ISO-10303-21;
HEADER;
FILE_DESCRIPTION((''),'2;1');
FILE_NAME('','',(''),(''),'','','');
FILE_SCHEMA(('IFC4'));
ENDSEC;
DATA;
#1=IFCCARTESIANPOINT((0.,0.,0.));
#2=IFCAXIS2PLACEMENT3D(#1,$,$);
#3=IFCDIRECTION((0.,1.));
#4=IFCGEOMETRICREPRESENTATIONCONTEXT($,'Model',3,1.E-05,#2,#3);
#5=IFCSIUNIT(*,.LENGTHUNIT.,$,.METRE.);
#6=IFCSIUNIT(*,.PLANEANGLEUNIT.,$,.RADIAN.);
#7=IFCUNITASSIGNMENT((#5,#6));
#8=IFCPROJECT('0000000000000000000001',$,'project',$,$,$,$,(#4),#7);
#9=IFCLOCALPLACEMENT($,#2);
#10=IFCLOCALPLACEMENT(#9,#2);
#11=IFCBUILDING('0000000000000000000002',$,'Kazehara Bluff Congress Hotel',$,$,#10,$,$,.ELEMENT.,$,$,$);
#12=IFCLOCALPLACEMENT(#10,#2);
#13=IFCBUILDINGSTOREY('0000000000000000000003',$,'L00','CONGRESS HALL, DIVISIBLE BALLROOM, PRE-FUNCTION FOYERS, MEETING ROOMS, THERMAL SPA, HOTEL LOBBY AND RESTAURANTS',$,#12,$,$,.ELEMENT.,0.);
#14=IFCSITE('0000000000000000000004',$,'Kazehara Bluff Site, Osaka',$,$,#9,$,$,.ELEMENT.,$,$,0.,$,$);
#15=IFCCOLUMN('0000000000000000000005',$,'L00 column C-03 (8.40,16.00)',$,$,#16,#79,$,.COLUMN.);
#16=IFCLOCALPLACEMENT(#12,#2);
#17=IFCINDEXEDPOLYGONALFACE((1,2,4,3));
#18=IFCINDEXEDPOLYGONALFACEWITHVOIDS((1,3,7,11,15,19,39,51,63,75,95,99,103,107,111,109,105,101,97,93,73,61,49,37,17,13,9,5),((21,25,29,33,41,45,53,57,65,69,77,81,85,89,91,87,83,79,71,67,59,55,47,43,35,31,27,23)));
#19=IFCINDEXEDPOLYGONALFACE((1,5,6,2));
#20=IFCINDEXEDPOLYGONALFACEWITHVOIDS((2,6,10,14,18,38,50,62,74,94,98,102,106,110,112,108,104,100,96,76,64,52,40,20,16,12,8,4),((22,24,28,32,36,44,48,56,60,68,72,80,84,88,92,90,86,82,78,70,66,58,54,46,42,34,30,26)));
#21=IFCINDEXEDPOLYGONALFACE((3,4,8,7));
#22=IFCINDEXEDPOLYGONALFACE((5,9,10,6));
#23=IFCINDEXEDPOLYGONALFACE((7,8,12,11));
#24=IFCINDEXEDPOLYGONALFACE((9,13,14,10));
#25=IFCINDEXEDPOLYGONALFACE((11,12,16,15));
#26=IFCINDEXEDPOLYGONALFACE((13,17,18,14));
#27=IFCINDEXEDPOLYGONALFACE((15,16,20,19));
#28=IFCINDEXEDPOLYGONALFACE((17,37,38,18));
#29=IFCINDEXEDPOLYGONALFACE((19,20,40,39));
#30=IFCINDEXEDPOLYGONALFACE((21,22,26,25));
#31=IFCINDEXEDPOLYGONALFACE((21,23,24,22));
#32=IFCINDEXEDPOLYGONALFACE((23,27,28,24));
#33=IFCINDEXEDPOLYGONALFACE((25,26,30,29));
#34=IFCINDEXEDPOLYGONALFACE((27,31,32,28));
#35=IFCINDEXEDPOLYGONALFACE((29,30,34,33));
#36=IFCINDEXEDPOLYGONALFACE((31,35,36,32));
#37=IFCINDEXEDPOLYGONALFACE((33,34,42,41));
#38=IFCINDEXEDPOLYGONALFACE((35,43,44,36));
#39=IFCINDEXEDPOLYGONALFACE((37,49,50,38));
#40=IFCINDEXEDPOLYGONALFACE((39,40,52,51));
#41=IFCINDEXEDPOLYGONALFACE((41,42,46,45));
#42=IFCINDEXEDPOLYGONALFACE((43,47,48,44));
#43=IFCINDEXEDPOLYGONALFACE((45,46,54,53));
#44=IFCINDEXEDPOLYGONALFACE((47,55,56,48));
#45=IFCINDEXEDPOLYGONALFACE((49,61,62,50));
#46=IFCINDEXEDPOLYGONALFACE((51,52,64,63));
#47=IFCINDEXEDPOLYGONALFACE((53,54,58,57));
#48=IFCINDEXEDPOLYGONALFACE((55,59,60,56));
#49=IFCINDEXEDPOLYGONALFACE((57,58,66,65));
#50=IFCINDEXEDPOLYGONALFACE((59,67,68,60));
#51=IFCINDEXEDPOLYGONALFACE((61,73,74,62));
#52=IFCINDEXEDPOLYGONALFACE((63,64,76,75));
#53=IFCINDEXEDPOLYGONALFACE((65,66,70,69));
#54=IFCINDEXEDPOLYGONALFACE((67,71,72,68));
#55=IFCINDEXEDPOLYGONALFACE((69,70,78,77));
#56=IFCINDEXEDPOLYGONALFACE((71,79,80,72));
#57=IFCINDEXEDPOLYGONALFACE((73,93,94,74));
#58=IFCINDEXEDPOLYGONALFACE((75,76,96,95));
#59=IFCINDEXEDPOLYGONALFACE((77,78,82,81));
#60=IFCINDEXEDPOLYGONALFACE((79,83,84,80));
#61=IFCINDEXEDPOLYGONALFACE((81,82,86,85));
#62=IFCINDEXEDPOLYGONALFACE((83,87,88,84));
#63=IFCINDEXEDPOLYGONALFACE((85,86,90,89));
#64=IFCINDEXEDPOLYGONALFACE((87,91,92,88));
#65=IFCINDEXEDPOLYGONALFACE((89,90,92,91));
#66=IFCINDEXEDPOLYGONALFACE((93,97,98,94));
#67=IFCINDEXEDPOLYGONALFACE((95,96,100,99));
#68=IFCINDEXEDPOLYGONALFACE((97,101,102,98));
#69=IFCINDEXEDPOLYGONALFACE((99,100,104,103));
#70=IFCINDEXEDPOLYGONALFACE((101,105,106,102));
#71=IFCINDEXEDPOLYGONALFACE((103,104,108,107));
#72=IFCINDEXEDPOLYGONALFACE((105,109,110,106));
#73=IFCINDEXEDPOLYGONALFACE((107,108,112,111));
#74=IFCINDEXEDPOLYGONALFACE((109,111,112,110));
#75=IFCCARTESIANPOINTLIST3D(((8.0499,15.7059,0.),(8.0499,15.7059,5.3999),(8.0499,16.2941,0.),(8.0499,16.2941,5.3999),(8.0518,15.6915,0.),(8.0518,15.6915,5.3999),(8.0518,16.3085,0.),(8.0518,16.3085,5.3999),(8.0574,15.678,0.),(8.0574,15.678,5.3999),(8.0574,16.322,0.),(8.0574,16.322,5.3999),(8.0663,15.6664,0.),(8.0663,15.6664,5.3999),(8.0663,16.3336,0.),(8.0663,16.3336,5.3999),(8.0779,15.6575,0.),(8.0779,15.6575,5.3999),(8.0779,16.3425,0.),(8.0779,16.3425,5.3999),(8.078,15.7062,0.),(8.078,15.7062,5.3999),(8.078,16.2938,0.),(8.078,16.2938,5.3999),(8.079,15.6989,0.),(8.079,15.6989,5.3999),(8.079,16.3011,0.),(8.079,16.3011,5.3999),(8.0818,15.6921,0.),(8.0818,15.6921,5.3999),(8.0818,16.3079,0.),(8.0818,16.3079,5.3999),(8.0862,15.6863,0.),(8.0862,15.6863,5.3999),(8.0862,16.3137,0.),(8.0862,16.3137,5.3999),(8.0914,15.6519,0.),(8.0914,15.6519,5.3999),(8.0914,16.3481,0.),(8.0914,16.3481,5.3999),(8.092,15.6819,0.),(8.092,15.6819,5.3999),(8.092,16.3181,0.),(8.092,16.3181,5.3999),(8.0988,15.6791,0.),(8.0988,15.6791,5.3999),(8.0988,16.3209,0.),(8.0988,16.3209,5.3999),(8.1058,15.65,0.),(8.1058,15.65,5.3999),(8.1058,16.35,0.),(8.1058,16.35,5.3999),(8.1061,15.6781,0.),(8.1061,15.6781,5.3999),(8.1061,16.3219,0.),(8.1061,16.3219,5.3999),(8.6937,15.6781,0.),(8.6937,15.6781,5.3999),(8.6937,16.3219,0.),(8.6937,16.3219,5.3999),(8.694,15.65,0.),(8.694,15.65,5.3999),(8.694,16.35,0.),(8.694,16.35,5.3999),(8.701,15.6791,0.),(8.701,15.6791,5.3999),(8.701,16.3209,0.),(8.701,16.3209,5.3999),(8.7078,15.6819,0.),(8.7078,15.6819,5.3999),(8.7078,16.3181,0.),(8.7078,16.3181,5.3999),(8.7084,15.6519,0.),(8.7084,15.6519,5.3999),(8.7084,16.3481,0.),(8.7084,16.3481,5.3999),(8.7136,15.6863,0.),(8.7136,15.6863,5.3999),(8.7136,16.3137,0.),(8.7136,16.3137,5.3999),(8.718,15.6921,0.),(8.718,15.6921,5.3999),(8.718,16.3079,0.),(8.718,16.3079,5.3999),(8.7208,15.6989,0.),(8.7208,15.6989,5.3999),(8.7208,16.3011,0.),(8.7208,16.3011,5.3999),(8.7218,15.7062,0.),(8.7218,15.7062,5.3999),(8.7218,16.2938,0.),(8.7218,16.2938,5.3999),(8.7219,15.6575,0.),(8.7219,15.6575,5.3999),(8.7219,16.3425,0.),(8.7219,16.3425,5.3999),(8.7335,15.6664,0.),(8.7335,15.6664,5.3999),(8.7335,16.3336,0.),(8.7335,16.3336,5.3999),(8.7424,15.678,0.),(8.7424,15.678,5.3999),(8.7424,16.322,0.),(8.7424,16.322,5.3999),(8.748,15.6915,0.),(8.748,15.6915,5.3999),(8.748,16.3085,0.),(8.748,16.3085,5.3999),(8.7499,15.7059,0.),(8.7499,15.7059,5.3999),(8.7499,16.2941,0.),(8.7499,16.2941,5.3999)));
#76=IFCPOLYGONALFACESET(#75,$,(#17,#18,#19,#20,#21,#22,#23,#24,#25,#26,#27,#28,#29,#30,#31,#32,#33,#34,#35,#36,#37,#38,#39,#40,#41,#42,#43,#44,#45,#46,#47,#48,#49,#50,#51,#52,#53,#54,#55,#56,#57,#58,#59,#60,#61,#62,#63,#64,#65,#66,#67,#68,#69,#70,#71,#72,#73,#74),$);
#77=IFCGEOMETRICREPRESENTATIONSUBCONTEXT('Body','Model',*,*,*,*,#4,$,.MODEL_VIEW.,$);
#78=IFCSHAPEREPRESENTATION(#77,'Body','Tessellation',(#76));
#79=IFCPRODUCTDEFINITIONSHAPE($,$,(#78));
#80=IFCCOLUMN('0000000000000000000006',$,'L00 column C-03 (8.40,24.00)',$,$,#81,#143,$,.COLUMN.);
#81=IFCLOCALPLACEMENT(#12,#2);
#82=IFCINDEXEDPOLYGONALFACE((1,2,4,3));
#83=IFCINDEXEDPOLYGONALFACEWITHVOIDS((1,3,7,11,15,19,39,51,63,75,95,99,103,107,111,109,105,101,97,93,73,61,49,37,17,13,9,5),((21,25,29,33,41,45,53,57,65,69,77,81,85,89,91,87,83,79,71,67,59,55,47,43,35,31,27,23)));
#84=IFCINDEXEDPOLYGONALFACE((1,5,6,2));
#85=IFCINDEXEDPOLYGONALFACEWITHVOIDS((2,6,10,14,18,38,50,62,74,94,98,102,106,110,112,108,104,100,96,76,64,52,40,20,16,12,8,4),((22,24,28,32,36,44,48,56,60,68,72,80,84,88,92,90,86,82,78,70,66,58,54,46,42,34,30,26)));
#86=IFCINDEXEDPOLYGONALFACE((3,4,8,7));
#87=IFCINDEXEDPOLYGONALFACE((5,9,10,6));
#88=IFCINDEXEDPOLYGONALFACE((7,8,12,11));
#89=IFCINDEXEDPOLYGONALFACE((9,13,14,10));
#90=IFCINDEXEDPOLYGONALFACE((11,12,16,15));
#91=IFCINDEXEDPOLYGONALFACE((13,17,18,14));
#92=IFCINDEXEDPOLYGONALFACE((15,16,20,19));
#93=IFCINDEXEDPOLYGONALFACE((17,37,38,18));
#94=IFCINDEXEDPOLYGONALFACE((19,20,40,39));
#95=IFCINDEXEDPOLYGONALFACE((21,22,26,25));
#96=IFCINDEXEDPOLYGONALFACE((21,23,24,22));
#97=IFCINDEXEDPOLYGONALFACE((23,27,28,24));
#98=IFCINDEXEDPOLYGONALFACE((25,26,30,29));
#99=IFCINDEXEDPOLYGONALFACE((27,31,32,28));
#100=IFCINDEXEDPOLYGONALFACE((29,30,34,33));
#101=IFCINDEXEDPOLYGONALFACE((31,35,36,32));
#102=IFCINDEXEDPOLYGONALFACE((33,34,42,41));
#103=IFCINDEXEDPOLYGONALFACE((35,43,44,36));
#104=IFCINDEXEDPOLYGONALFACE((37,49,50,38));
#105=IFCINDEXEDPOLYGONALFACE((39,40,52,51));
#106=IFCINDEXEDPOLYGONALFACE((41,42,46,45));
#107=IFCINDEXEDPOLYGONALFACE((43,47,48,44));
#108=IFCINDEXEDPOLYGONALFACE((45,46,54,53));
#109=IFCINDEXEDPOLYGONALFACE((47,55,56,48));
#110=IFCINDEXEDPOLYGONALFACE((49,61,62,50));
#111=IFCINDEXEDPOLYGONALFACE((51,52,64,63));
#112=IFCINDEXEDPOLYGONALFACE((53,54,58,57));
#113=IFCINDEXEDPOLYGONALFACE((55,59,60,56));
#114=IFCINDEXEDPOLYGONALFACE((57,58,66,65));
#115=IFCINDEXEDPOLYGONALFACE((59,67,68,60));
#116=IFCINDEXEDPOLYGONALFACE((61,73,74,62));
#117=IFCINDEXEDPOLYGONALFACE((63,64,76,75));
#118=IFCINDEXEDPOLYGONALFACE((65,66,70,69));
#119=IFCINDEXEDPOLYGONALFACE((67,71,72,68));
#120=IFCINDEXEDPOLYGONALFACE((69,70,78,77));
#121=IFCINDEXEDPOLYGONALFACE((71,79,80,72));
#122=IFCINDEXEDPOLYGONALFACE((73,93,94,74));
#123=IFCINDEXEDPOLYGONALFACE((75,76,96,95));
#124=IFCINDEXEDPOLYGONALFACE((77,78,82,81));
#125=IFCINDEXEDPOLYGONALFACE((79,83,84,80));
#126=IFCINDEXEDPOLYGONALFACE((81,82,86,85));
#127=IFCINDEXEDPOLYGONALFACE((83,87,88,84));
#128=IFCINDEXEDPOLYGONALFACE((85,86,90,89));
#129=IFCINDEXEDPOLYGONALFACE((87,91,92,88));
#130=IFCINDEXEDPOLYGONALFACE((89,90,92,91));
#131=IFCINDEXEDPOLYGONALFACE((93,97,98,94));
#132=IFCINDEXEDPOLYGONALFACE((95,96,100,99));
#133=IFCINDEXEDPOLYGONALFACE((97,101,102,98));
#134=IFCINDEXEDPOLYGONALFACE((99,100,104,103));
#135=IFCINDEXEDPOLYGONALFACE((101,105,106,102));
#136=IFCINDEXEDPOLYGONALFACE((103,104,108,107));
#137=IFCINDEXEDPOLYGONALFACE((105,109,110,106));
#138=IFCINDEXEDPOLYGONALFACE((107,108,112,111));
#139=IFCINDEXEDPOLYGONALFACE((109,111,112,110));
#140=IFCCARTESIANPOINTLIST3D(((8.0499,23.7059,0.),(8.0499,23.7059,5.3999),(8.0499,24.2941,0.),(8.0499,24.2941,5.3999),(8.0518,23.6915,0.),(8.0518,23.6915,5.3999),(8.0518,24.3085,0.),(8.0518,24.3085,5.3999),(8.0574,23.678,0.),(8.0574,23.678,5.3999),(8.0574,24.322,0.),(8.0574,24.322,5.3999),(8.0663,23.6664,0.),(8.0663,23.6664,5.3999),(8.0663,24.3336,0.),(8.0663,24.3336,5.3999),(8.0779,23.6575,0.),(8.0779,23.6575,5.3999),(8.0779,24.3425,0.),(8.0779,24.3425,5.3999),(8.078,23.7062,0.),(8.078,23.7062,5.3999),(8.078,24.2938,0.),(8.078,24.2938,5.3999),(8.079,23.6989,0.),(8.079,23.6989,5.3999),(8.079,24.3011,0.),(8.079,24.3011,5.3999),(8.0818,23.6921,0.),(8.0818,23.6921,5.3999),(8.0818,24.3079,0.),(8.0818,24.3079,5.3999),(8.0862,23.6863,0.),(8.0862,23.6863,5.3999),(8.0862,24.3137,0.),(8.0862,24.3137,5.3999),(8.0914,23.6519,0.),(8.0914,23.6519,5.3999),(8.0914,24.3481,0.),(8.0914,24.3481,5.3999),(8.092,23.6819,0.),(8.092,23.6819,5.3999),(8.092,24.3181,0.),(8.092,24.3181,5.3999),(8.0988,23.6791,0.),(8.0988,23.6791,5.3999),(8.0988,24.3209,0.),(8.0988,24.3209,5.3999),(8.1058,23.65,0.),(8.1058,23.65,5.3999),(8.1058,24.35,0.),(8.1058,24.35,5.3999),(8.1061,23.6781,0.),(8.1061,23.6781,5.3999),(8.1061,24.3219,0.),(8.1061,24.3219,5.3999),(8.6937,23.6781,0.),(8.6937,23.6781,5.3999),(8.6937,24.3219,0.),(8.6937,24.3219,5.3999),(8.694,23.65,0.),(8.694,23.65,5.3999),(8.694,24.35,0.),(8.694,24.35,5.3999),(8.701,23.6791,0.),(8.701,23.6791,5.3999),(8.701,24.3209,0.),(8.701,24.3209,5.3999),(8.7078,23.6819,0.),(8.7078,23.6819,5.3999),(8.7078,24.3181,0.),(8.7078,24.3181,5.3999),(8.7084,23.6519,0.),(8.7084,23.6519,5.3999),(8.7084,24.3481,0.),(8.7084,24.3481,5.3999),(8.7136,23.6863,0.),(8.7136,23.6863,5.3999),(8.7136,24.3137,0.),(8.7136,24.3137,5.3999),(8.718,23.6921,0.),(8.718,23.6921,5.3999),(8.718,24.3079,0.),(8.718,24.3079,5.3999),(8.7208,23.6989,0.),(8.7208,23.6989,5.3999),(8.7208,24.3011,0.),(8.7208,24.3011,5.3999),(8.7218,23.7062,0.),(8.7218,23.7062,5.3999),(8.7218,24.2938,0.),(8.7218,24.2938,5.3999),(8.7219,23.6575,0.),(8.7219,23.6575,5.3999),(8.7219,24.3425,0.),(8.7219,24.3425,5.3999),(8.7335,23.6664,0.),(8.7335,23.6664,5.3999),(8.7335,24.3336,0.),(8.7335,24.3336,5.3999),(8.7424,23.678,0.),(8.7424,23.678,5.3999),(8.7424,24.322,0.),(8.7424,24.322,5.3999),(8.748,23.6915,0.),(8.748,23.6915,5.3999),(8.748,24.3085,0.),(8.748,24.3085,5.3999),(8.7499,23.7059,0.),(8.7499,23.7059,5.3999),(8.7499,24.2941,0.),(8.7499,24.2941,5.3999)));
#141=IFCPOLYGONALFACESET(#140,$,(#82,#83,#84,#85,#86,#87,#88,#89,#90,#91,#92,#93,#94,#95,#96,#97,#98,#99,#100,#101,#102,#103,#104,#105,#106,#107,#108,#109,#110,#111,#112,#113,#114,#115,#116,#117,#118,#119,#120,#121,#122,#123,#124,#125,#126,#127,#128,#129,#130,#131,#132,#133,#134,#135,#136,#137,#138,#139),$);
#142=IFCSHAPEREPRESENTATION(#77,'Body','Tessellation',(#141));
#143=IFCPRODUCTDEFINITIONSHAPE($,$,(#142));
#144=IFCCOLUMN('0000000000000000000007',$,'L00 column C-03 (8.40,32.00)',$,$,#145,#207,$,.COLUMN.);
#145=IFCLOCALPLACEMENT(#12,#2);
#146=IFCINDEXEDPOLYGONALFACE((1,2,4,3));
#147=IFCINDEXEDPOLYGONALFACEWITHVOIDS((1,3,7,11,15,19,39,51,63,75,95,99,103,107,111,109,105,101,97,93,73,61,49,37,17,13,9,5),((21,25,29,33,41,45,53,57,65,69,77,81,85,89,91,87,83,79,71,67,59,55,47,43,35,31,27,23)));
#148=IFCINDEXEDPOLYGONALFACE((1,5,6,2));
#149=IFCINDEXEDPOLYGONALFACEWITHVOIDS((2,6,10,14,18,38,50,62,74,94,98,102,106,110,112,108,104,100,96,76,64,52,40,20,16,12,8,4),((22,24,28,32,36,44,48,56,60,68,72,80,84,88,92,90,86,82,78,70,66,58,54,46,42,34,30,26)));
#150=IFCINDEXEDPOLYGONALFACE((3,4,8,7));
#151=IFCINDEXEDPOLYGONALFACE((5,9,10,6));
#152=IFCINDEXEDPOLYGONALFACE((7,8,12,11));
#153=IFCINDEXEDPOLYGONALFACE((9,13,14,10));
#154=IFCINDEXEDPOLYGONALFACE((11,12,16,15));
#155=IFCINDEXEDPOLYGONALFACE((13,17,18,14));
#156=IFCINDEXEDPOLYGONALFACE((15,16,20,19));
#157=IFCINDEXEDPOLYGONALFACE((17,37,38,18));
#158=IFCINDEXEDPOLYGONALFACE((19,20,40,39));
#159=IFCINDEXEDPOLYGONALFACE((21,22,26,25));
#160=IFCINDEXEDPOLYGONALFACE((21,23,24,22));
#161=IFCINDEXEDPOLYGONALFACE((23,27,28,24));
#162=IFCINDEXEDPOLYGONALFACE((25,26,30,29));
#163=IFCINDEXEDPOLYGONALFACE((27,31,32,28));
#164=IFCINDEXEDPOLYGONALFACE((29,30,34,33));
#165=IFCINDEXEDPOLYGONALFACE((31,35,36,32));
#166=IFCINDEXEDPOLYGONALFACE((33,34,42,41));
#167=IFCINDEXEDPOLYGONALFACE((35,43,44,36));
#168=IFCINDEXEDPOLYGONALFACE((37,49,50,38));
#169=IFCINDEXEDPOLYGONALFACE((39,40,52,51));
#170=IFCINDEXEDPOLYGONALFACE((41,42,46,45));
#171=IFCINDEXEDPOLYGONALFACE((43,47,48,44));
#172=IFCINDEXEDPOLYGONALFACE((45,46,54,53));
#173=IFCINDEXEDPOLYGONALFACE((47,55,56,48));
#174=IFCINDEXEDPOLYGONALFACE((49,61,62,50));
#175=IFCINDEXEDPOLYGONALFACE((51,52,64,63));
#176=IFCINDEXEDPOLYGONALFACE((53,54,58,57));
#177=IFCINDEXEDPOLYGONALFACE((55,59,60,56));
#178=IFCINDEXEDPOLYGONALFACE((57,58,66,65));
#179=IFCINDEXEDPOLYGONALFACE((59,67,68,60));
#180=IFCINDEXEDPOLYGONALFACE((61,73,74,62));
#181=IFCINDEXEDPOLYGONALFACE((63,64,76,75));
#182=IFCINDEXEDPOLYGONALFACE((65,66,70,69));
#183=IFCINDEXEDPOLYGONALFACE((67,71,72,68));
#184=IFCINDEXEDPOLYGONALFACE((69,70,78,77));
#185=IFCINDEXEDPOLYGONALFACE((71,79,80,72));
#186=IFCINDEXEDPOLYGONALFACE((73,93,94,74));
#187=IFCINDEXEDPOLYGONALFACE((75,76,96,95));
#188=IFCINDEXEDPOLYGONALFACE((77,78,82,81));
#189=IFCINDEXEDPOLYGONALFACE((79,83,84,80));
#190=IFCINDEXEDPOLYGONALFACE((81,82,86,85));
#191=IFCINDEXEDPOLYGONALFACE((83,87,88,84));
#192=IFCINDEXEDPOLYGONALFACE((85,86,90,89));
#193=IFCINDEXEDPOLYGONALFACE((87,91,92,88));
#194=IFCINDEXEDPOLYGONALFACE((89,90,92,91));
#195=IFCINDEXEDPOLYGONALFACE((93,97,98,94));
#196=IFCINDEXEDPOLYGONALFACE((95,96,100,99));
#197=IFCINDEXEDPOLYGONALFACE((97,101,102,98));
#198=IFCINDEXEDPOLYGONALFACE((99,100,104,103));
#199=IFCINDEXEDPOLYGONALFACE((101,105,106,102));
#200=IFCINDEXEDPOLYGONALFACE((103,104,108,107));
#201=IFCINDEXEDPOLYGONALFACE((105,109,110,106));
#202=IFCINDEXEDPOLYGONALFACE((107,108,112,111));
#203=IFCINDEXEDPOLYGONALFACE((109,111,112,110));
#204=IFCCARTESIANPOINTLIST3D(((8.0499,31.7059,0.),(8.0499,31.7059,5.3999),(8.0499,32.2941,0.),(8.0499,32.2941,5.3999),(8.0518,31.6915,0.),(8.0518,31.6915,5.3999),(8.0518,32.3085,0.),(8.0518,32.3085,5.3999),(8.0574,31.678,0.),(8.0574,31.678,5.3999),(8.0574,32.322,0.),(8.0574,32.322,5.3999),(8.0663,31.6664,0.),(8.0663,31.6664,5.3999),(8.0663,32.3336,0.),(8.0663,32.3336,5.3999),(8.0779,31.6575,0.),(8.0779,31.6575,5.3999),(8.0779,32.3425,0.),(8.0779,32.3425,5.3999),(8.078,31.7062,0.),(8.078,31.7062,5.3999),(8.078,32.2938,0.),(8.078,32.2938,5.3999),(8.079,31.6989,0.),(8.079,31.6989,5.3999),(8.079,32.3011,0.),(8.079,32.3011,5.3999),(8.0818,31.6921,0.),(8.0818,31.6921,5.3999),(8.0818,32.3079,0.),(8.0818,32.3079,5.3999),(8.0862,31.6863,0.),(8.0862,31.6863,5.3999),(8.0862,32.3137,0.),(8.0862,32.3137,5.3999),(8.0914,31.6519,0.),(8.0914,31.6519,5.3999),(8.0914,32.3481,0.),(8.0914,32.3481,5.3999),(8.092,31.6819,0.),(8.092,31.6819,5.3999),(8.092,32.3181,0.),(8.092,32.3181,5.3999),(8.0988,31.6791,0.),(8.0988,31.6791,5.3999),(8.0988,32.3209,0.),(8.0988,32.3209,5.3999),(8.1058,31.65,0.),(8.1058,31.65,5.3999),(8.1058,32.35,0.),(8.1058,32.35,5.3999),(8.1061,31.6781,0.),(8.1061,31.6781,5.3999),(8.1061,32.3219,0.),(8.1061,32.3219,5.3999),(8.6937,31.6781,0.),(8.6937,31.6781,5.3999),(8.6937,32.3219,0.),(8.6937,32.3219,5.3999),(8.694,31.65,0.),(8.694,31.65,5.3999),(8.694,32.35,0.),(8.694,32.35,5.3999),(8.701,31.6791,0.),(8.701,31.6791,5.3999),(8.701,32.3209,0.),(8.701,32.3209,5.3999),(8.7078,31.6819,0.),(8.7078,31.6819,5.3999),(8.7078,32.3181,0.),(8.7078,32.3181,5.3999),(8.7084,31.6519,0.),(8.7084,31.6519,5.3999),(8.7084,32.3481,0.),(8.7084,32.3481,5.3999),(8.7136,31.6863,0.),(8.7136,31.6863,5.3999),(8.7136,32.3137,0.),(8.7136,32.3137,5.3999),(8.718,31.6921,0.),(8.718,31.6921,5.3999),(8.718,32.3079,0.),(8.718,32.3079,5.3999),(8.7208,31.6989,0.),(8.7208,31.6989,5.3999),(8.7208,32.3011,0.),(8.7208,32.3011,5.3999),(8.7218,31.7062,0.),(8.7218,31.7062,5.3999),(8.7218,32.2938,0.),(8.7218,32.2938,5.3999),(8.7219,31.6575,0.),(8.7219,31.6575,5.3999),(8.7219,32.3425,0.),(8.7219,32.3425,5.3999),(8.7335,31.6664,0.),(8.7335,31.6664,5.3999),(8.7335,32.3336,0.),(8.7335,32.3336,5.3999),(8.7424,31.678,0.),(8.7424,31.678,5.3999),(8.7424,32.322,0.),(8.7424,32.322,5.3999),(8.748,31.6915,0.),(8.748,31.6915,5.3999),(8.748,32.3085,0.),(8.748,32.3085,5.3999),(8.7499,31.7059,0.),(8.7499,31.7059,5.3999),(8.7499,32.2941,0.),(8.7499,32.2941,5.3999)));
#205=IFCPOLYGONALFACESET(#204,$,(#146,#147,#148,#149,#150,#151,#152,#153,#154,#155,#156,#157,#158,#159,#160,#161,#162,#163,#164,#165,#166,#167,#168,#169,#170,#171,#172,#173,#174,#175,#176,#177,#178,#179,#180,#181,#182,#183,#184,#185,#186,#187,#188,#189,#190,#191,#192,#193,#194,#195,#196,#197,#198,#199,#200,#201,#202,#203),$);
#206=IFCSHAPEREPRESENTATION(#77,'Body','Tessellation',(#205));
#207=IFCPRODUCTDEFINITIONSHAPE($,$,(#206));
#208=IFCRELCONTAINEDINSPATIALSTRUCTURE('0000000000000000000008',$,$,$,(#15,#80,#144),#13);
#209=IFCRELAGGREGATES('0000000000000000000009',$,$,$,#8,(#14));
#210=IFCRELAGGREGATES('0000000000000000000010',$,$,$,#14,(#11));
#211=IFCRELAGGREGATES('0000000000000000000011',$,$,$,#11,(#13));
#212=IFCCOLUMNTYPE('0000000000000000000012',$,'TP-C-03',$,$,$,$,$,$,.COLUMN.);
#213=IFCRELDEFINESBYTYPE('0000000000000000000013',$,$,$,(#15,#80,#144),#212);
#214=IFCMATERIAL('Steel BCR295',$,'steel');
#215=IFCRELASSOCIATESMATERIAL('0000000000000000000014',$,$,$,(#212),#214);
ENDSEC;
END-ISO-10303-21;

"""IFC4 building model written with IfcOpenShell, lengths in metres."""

from ifc_helpers import new_model, si_unit, direction, frame, origin, origin_2d, place, context, subcontext, project, spatial, hollow_rectangle, extrude, material, material_profile, profile_set, type_object, element, save


model = new_model("IFC4")

# Units and contexts
model_context = context("Model", 3, precision=1e-05, world=origin(), true_north=direction((0.0, 1.0)))
body_context = subcontext(model_context, "Body", "Model", "MODEL_VIEW")
ifc_project = project(units=[si_unit("LENGTHUNIT", "METRE"), si_unit("PLANEANGLEUNIT", "RADIAN")], contexts=[model_context])

# Site, building, storey
site_placement = place(None, origin())
site = spatial("IfcSite", under=ifc_project, at=site_placement, Name="Kazehara Bluff Site, Osaka", CompositionType="ELEMENT", RefElevation=0.0)
building_placement = place(site_placement, origin())
building = spatial("IfcBuilding", under=site, at=building_placement, Name="Kazehara Bluff Congress Hotel", CompositionType="ELEMENT")
storey_placement = place(building_placement, origin())
storey = spatial("IfcBuildingStorey", under=building, at=storey_placement, Name="L00", Description="CONGRESS HALL, DIVISIBLE BALLROOM, PRE-FUNCTION FOYERS, MEETING ROOMS, THERMAL SPA, HOTEL LOBBY AND RESTAURANTS", CompositionType="ELEMENT", Elevation=0.0)

# Columns
ifc_material_1 = material(Name="Steel BCR295", Category="steel")
ifc_material_profile_1 = material_profile(ifc_material_1, hollow_rectangle(XDim=0.7, YDim=0.7, WallThickness=0.0281, InnerFilletRadius=0.0281, OuterFilletRadius=0.0559, at=origin_2d()))
ifc_profile_set_1 = profile_set([ifc_material_profile_1], Name="Steel BCR295")
column_type = type_object("IfcColumnType", Name="TP-C-03", PredefinedType="COLUMN", material=ifc_profile_set_1)
for number, where, z_axis, x_axis, name in (
    (1, (8.3999, 16.0, 0.0), (0.0, 0.0, 1.0), (1.0, 0.0, 0.0), "L00 column C-03 (8.40,16.00)"),
    (2, (8.3999, 24.0, 0.0), (0.0, 0.0, 1.0), (1.0, 0.0, 0.0), "L00 column C-03 (8.40,24.00)"),
    (3, (8.3999, 32.0, 0.0), (0.0, 0.0, 1.0), (1.0, 0.0, 0.0), "L00 column C-03 (8.40,32.00)"),
):
    element("IfcColumn", number, at=place(storey_placement, frame(where, z_axis=z_axis, x_axis=x_axis)), inside=storey, type_object=column_type, Name=name, PredefinedType="COLUMN", context=body_context, shape_type="SweptSolid", body=[
        extrude(hollow_rectangle(XDim=0.7, YDim=0.7, WallThickness=0.0281, InnerFilletRadius=0.0281, OuterFilletRadius=0.0559, at=origin_2d()), origin(), (0.0, 0.0, 1.0), 5.3999),
    ])

save(model, "model.ifc")
